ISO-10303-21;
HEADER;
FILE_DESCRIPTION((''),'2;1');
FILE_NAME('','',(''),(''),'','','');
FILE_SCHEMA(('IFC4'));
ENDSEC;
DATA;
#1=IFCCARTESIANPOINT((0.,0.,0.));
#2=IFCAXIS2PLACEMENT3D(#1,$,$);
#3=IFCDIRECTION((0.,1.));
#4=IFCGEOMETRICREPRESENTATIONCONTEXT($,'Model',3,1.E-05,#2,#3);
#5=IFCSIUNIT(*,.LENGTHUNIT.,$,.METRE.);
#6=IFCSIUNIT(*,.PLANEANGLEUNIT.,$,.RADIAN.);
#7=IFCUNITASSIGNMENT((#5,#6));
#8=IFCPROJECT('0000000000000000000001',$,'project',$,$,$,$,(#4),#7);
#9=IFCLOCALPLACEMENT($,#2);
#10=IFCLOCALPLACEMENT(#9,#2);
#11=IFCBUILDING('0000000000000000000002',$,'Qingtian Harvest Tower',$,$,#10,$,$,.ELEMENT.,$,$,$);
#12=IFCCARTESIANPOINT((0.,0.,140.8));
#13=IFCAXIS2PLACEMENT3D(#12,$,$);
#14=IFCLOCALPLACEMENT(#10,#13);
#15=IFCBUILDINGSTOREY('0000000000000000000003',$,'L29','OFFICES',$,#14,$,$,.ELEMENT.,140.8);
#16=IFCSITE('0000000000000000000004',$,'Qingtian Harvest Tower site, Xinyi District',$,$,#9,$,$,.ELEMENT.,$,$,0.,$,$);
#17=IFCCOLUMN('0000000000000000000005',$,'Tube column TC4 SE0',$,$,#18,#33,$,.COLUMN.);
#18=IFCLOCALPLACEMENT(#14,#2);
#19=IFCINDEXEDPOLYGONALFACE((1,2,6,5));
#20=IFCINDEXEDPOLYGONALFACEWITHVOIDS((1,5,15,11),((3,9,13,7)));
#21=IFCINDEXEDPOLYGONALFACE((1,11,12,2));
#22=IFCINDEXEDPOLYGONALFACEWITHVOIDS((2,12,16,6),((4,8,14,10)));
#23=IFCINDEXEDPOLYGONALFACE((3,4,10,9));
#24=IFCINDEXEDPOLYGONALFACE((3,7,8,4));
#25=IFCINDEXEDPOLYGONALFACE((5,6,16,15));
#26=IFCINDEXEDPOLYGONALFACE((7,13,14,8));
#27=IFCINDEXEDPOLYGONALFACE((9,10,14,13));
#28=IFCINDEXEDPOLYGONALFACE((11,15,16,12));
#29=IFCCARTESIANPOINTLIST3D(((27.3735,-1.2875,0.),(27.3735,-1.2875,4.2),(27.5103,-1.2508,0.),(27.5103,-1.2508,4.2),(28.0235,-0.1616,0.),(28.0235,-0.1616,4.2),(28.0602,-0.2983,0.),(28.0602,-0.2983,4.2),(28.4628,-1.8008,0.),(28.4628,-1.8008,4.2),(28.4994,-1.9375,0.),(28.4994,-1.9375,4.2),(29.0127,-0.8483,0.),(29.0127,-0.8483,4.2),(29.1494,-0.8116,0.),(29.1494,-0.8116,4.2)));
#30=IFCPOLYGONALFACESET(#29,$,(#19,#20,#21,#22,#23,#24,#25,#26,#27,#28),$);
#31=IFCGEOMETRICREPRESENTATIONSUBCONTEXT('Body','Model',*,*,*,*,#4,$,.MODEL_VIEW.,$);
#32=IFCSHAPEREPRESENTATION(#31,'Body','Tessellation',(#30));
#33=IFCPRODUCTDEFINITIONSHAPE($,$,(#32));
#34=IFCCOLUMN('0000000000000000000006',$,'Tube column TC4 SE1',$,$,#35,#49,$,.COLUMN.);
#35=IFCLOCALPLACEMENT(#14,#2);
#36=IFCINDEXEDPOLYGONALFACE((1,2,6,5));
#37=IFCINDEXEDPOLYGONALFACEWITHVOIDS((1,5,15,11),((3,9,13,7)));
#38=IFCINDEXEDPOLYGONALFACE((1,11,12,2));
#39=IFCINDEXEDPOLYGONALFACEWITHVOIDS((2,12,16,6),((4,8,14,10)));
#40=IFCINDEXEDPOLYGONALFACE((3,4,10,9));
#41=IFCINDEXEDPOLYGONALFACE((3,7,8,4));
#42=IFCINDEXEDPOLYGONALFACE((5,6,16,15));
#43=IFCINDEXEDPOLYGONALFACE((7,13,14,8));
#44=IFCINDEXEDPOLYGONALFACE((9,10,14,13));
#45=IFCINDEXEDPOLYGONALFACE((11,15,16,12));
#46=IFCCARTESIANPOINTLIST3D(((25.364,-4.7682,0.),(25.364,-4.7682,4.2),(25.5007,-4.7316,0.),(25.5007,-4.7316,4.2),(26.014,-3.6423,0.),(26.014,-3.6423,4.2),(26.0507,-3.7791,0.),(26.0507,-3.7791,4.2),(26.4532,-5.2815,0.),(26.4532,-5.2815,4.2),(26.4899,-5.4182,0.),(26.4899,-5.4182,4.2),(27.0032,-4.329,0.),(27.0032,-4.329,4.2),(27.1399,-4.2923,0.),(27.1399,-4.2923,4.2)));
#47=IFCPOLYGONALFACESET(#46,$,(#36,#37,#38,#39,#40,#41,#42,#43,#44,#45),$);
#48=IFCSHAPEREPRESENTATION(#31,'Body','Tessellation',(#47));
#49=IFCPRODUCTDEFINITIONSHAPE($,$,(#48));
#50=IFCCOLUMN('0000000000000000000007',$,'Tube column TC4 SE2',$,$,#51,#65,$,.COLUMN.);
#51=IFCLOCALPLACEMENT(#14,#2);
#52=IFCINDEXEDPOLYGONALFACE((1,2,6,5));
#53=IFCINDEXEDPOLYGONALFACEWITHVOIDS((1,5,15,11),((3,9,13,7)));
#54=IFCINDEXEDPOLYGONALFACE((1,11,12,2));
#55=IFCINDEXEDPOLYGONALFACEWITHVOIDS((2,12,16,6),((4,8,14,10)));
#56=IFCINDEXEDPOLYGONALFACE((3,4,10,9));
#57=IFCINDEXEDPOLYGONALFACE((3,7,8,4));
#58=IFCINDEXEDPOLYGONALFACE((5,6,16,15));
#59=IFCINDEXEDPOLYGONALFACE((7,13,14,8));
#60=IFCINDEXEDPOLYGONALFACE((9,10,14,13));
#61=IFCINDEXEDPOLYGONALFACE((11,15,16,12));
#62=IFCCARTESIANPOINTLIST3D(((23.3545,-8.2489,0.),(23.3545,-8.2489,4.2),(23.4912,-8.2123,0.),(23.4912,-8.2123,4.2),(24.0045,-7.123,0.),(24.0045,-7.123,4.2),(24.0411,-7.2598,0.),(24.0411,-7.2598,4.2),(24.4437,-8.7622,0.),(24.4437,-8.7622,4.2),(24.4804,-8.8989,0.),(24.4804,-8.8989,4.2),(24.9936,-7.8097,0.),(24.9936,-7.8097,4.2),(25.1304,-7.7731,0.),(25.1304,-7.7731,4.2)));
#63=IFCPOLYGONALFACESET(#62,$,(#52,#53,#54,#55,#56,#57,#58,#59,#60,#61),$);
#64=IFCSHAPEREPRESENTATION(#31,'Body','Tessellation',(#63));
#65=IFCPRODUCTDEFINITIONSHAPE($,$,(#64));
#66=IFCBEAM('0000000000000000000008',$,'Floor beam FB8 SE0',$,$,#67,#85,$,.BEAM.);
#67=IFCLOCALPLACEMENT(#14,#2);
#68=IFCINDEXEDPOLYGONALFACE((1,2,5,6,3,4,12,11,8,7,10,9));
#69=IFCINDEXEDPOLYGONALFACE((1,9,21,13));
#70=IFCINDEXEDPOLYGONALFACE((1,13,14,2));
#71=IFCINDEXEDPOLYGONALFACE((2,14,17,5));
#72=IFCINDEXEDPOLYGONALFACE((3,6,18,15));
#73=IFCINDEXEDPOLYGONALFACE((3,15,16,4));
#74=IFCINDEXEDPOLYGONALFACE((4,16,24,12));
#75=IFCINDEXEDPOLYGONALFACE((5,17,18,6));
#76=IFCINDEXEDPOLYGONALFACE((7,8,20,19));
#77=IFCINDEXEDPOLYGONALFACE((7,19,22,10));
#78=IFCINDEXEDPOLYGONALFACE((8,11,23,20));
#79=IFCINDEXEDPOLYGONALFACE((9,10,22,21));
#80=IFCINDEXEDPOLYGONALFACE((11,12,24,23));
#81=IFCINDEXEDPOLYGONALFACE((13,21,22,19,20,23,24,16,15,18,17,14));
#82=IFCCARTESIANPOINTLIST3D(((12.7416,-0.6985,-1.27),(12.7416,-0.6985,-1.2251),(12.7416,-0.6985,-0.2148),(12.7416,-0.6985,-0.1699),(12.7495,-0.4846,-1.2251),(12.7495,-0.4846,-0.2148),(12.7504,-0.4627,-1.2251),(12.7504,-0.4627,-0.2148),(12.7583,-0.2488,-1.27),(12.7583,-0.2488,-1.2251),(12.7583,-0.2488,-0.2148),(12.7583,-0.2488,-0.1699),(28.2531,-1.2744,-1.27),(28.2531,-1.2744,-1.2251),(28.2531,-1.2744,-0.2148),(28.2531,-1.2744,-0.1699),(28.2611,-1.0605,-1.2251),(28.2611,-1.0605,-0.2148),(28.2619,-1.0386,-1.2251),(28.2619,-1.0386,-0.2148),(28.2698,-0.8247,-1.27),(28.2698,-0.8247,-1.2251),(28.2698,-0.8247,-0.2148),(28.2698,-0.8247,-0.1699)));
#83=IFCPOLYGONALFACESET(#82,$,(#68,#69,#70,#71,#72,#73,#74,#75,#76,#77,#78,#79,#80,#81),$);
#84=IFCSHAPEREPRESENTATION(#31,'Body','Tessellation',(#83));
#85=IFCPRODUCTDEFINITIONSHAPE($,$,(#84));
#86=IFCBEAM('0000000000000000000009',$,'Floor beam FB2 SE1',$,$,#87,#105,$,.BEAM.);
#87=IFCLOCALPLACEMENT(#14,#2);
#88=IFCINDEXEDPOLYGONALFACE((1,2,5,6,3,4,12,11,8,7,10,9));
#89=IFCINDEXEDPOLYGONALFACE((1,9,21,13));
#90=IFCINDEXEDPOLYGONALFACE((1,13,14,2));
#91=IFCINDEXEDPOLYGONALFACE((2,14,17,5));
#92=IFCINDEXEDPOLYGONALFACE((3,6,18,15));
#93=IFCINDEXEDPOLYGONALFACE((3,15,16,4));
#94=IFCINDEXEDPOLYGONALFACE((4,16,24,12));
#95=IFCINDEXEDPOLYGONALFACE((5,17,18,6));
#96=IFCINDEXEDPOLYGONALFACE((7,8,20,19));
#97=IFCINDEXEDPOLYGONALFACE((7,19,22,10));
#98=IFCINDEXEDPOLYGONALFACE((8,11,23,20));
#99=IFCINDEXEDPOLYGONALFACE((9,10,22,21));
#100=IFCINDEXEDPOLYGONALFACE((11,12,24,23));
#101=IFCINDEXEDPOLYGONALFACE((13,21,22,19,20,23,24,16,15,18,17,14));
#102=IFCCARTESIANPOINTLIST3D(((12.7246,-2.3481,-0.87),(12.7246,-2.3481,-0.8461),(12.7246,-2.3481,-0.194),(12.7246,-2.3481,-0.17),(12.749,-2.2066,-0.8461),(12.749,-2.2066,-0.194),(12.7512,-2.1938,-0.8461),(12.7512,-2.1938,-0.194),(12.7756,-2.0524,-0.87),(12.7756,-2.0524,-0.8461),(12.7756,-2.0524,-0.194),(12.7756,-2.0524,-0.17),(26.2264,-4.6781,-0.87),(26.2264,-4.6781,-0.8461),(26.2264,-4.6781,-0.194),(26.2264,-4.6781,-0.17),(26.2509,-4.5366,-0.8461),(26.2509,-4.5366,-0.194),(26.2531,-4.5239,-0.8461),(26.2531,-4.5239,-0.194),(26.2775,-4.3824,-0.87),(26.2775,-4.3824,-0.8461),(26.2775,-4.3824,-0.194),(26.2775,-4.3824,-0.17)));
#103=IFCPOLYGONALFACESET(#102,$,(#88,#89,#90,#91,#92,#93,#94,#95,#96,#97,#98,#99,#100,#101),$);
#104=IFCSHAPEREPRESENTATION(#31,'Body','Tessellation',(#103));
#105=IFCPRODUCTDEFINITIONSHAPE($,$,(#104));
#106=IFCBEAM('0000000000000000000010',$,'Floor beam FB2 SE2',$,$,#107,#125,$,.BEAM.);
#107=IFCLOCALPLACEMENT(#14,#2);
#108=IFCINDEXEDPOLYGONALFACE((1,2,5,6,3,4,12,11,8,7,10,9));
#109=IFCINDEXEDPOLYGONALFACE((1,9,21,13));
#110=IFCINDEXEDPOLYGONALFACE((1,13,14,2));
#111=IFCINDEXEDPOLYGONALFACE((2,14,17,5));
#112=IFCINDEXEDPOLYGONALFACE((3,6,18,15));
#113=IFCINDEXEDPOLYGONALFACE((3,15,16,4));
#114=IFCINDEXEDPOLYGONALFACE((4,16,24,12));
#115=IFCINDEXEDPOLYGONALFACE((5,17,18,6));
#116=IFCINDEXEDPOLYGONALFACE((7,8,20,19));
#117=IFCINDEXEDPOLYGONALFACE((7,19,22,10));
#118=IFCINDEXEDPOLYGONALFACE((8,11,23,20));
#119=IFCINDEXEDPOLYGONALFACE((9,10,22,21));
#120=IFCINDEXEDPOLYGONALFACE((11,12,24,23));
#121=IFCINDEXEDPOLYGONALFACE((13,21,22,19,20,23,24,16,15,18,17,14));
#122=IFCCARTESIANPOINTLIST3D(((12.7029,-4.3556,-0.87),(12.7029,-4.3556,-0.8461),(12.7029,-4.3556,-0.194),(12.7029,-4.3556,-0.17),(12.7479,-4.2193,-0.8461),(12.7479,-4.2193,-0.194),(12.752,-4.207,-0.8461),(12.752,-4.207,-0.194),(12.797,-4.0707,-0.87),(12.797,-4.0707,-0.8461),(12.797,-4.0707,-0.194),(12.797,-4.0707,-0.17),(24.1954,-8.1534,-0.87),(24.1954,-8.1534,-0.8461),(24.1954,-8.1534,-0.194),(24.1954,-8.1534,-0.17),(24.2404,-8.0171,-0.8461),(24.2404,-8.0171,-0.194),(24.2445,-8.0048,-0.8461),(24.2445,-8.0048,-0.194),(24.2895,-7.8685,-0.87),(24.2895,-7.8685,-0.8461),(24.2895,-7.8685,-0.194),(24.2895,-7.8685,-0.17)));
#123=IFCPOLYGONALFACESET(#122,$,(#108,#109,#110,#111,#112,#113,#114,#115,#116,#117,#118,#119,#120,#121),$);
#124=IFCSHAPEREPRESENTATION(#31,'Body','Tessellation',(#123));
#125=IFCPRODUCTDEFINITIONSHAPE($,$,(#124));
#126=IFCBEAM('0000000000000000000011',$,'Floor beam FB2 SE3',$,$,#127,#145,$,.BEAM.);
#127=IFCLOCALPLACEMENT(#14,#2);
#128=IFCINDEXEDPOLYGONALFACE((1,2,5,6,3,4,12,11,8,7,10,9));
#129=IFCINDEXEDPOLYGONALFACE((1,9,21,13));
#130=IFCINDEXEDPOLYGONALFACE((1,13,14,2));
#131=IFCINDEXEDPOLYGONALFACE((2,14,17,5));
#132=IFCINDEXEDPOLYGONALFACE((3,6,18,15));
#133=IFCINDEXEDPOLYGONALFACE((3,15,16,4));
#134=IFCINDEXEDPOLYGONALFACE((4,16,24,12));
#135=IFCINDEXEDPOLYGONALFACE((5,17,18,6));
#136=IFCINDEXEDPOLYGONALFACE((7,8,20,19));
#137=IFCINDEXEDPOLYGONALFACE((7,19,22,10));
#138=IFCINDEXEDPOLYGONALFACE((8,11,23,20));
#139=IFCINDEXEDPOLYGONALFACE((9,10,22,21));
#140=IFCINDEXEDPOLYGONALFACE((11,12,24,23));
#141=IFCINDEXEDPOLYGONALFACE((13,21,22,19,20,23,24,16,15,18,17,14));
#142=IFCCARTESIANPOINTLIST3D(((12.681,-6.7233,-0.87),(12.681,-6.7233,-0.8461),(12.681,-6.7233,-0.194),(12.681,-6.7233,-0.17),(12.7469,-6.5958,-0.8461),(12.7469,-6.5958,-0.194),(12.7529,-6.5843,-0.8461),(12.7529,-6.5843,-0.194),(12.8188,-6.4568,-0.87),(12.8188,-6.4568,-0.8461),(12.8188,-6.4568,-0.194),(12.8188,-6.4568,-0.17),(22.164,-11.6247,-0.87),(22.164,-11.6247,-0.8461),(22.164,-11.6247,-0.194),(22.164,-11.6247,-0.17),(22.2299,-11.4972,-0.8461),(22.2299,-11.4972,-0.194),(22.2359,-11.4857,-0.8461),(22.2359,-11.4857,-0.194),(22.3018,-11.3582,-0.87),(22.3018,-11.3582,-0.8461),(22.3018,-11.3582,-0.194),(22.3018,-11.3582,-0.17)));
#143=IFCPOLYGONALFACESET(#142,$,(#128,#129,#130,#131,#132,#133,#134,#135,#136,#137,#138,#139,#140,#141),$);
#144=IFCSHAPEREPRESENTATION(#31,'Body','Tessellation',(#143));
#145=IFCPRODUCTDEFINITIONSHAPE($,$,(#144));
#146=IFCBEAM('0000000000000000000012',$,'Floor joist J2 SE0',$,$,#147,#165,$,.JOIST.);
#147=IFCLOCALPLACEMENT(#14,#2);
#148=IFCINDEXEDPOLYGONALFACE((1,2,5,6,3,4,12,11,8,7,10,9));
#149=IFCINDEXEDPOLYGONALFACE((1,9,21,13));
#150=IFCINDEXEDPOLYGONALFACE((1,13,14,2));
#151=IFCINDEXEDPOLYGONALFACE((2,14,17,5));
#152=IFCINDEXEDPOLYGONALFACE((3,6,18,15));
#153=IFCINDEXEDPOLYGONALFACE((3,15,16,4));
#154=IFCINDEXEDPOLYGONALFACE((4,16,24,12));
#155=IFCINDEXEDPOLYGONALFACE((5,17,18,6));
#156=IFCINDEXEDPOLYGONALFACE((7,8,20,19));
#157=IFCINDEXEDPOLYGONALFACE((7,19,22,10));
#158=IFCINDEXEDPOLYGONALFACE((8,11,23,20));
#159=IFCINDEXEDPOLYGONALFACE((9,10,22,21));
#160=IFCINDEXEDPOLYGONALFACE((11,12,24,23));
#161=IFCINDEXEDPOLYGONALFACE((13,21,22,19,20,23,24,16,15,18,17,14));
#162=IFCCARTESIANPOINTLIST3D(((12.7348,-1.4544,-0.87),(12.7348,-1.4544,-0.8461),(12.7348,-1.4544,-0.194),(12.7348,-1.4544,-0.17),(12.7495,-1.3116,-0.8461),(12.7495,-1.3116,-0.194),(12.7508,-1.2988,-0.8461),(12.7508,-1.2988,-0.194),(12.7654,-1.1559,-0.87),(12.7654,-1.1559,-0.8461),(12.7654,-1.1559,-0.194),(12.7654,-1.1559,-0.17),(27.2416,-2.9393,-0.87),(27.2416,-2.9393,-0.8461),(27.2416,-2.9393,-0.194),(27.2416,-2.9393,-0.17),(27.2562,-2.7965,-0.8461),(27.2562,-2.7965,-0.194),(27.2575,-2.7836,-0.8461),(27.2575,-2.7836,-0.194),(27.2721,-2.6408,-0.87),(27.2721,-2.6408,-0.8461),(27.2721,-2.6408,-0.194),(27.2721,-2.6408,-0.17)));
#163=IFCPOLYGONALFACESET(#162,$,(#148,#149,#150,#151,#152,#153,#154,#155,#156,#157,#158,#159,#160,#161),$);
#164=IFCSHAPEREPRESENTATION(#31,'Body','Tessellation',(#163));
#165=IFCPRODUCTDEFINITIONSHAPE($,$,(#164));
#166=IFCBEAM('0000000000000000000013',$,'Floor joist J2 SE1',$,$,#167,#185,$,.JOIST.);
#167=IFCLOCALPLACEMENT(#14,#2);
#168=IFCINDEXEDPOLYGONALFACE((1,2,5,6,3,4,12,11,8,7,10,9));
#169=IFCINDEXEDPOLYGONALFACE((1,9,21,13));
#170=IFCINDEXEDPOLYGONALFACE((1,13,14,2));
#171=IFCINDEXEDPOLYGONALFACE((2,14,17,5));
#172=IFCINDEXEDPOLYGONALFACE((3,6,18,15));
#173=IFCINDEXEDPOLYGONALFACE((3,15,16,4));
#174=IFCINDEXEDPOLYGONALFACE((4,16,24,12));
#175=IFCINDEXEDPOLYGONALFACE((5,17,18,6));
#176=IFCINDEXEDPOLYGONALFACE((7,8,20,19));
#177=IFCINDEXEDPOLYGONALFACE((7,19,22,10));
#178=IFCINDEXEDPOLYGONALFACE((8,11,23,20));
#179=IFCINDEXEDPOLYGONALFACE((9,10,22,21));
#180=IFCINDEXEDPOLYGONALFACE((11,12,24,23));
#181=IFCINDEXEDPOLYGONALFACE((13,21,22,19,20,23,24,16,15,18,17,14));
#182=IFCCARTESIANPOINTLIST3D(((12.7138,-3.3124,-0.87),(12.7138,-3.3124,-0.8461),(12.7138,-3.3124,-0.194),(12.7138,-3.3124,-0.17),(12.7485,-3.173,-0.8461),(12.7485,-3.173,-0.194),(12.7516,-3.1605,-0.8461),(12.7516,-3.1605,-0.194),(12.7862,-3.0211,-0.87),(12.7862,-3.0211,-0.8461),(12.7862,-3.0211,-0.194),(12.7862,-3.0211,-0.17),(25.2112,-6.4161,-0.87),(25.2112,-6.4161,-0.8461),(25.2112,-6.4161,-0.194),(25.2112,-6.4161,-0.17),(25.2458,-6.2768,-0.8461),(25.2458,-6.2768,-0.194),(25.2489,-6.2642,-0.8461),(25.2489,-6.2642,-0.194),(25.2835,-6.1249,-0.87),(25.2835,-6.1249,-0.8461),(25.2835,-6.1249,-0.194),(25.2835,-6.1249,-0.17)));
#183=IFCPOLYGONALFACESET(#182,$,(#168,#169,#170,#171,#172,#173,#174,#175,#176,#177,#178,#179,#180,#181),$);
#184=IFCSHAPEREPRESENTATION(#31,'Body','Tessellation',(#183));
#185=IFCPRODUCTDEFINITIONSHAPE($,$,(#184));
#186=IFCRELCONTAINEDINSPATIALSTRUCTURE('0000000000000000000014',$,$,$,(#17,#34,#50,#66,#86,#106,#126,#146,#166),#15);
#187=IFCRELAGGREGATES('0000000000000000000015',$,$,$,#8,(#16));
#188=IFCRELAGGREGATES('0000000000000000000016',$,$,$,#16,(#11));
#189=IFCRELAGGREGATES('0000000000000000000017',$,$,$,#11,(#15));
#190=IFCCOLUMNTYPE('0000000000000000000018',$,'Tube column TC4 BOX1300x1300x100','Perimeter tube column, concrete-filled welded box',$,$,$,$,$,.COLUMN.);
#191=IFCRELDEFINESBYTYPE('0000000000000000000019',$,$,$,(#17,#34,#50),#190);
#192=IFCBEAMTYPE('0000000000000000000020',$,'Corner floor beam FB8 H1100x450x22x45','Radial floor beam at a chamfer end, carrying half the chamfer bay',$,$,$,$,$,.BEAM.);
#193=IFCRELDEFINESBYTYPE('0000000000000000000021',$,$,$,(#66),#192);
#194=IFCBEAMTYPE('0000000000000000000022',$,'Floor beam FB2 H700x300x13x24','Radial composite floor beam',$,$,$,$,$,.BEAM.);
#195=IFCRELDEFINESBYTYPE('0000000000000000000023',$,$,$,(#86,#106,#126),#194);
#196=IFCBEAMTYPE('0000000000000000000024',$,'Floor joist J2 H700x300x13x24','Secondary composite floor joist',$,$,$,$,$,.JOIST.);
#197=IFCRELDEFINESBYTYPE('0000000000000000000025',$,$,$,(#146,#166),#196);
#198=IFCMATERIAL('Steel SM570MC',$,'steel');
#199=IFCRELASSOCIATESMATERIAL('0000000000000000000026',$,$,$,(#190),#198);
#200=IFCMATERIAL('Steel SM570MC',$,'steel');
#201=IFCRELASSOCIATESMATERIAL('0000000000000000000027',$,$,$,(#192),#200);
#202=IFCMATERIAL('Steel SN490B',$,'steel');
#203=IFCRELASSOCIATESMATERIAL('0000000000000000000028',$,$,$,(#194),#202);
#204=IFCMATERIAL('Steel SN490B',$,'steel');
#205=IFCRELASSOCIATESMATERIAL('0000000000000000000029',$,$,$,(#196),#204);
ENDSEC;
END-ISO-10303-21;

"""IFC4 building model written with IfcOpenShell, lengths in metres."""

from ifc_helpers import new_model, si_unit, direction, frame, origin, origin_2d, place, context, subcontext, project, spatial, hollow_rectangle, i_section, extrude, material, material_profile, profile_set, type_object, element, save


model = new_model("IFC4")

# Units and contexts
model_context = context("Model", 3, precision=1e-05, world=origin(), true_north=direction((0.0, 1.0)))
body_context = subcontext(model_context, "Body", "Model", "MODEL_VIEW")
ifc_project = project(units=[si_unit("LENGTHUNIT", "METRE"), si_unit("PLANEANGLEUNIT", "RADIAN")], contexts=[model_context])

# Site, building, storey
site_placement = place(None, origin())
site = spatial("IfcSite", under=ifc_project, at=site_placement, Name="Qingtian Harvest Tower site, Xinyi District", CompositionType="ELEMENT", RefElevation=0.0)
building_placement = place(site_placement, origin())
building = spatial("IfcBuilding", under=site, at=building_placement, Name="Qingtian Harvest Tower", CompositionType="ELEMENT")
storey_placement = place(building_placement, frame((0.0, 0.0, 140.8)))
storey = spatial("IfcBuildingStorey", under=building, at=storey_placement, Name="L29", Description="OFFICES", CompositionType="ELEMENT", Elevation=140.8)

# Columns
ifc_material_1 = material(Name="Steel SM570MC", Category="steel")
ifc_material_profile_1 = material_profile(ifc_material_1, hollow_rectangle(XDim=1.3, YDim=1.3, WallThickness=0.1001, at=origin_2d()), Name="BOX1300x1300x100")
ifc_profile_set_1 = profile_set([ifc_material_profile_1], Name="Steel SM570MC")
column_type = type_object("IfcColumnType", Name="Tube column TC4 BOX1300x1300x100", Description="Perimeter tube column, concrete-filled welded box", PredefinedType="COLUMN", material=ifc_profile_set_1)
for number, where, z_axis, x_axis, name in (
    (1, (28.2615, -1.0496, 0.0), (0.0, 0.0, 1.0), (0.5, 0.866025, 0.0), "Tube column TC4 SE0"),
    (2, (26.252, -4.5303, 0.0), (0.0, 0.0, 1.0), (0.5, 0.866025, 0.0), "Tube column TC4 SE1"),
    (3, (24.2424, -8.011, 0.0), (0.0, 0.0, 1.0), (0.5, 0.866025, 0.0), "Tube column TC4 SE2"),
):
    element("IfcColumn", number, at=place(storey_placement, frame(where, z_axis=z_axis, x_axis=x_axis)), inside=storey, type_object=column_type, Name=name, PredefinedType="COLUMN", context=body_context, shape_type="SweptSolid", body=[
        extrude(hollow_rectangle(XDim=1.3, YDim=1.3, WallThickness=0.1001, at=origin_2d()), origin(), (0.0, 0.0, 1.0), 4.2),
    ])

# Beams
ifc_material_2 = material(Name="Steel SM570MC", Category="steel")
ifc_material_profile_2 = material_profile(ifc_material_2, i_section(OverallWidth=0.45, OverallDepth=1.1001, WebThickness=0.022, FlangeThickness=0.0449, at=origin_2d()), Name="H1100x450x22x45")
ifc_profile_set_2 = profile_set([ifc_material_profile_2], Name="Steel SM570MC")
beam_type_1 = type_object("IfcBeamType", Name="Corner floor beam FB8 H1100x450x22x45", Description="Radial floor beam at a chamfer end, carrying half the chamfer bay", PredefinedType="BEAM", material=ifc_profile_set_2)
beam_1_placement = place(storey_placement, frame((28.2615, -1.0496, -0.72), z_axis=(-0.999311, 0.037104, 0.0), x_axis=(-0.037104, -0.999311, 0.0)))
element("IfcBeam", 4, at=beam_1_placement, inside=storey, type_object=beam_type_1, Name="Floor beam FB8 SE0", PredefinedType="BEAM", context=body_context, shape_type="SweptSolid", body=[
    extrude(i_section(OverallWidth=0.45, OverallDepth=1.1001, WebThickness=0.022, FlangeThickness=0.0449, at=origin_2d()), origin(), (0.0, 0.0, 1.0), 15.5222),
])
ifc_material_3 = material(Name="Steel SN490B", Category="steel")
ifc_material_profile_3 = material_profile(ifc_material_3, i_section(OverallWidth=0.3, OverallDepth=0.7, WebThickness=0.0129, FlangeThickness=0.0239, at=origin_2d()), Name="H700x300x13x24")
ifc_profile_set_3 = profile_set([ifc_material_profile_3], Name="Steel SN490B")
beam_type_2 = type_object("IfcBeamType", Name="Floor beam FB2 H700x300x13x24", Description="Radial composite floor beam", PredefinedType="BEAM", material=ifc_profile_set_3)
beam_2_placement = place(storey_placement, frame((26.252, -4.5303, -0.52), z_axis=(-0.985434, 0.17006, 0.0), x_axis=(-0.17006, -0.985434, 0.0)))
element("IfcBeam", 5, at=beam_2_placement, inside=storey, type_object=beam_type_2, Name="Floor beam FB2 SE1", PredefinedType="BEAM", context=body_context, shape_type="SweptSolid", body=[
    extrude(i_section(OverallWidth=0.3, OverallDepth=0.7, WebThickness=0.0129, FlangeThickness=0.0239, at=origin_2d()), origin(), (0.0, 0.0, 1.0), 13.7014),
])
beam_3_placement = place(storey_placement, frame((24.2424, -8.011, -0.52), z_axis=(-0.949497, 0.313776, 0.0), x_axis=(-0.313776, -0.949497, 0.0)))
element("IfcBeam", 6, at=beam_3_placement, inside=storey, type_object=beam_type_2, Name="Floor beam FB2 SE2", PredefinedType="BEAM", context=body_context, shape_type="SweptSolid", body=[
    extrude(i_section(OverallWidth=0.3, OverallDepth=0.7, WebThickness=0.0129, FlangeThickness=0.0239, at=origin_2d()), origin(), (0.0, 0.0, 1.0), 12.1038),
])
beam_4_placement = place(storey_placement, frame((22.2329, -11.4915, -0.52), z_axis=(-0.888355, 0.459158, 0.0), x_axis=(-0.459158, -0.888355, 0.0)))
element("IfcBeam", 7, at=beam_4_placement, inside=storey, type_object=beam_type_2, Name="Floor beam FB2 SE3", PredefinedType="BEAM", context=body_context, shape_type="SweptSolid", body=[
    extrude(i_section(OverallWidth=0.3, OverallDepth=0.7, WebThickness=0.0129, FlangeThickness=0.0239, at=origin_2d()), origin(), (0.0, 0.0, 1.0), 10.6748),
])
ifc_material_4 = material(Name="Steel SN490B", Category="steel")
ifc_material_profile_4 = material_profile(ifc_material_4, i_section(OverallWidth=0.3, OverallDepth=0.7, WebThickness=0.0129, FlangeThickness=0.0239, at=origin_2d()), Name="H700x300x13x24")
ifc_profile_set_4 = profile_set([ifc_material_profile_4], Name="Steel SN490B")
beam_type_3 = type_object("IfcBeamType", Name="Floor joist J2 H700x300x13x24", Description="Secondary composite floor joist", PredefinedType="JOIST", material=ifc_profile_set_4)
beam_5_placement = place(storey_placement, frame((27.2568, -2.79, -0.52), z_axis=(-0.994802, 0.101824, 0.0), x_axis=(-0.101824, -0.994802, 0.0)))
element("IfcBeam", 8, at=beam_5_placement, inside=storey, type_object=beam_type_3, Name="Floor joist J2 SE0", PredefinedType="JOIST", context=body_context, shape_type="SweptSolid", body=[
    extrude(i_section(OverallWidth=0.3, OverallDepth=0.7, WebThickness=0.0129, FlangeThickness=0.0239, at=origin_2d()), origin(), (0.0, 0.0, 1.0), 14.5825),
])
beam_6_placement = place(storey_placement, frame((25.2473, -6.2705, -0.52), z_axis=(-0.970517, 0.241032, 0.0), x_axis=(-0.241032, -0.970517, 0.0)))
element("IfcBeam", 9, at=beam_6_placement, inside=storey, type_object=beam_type_3, Name="Floor joist J2 SE1", PredefinedType="JOIST", context=body_context, shape_type="SweptSolid", body=[
    extrude(i_section(OverallWidth=0.3, OverallDepth=0.7, WebThickness=0.0129, FlangeThickness=0.0239, at=origin_2d()), origin(), (0.0, 0.0, 1.0), 12.877),
])

save(model, "model.ifc")
